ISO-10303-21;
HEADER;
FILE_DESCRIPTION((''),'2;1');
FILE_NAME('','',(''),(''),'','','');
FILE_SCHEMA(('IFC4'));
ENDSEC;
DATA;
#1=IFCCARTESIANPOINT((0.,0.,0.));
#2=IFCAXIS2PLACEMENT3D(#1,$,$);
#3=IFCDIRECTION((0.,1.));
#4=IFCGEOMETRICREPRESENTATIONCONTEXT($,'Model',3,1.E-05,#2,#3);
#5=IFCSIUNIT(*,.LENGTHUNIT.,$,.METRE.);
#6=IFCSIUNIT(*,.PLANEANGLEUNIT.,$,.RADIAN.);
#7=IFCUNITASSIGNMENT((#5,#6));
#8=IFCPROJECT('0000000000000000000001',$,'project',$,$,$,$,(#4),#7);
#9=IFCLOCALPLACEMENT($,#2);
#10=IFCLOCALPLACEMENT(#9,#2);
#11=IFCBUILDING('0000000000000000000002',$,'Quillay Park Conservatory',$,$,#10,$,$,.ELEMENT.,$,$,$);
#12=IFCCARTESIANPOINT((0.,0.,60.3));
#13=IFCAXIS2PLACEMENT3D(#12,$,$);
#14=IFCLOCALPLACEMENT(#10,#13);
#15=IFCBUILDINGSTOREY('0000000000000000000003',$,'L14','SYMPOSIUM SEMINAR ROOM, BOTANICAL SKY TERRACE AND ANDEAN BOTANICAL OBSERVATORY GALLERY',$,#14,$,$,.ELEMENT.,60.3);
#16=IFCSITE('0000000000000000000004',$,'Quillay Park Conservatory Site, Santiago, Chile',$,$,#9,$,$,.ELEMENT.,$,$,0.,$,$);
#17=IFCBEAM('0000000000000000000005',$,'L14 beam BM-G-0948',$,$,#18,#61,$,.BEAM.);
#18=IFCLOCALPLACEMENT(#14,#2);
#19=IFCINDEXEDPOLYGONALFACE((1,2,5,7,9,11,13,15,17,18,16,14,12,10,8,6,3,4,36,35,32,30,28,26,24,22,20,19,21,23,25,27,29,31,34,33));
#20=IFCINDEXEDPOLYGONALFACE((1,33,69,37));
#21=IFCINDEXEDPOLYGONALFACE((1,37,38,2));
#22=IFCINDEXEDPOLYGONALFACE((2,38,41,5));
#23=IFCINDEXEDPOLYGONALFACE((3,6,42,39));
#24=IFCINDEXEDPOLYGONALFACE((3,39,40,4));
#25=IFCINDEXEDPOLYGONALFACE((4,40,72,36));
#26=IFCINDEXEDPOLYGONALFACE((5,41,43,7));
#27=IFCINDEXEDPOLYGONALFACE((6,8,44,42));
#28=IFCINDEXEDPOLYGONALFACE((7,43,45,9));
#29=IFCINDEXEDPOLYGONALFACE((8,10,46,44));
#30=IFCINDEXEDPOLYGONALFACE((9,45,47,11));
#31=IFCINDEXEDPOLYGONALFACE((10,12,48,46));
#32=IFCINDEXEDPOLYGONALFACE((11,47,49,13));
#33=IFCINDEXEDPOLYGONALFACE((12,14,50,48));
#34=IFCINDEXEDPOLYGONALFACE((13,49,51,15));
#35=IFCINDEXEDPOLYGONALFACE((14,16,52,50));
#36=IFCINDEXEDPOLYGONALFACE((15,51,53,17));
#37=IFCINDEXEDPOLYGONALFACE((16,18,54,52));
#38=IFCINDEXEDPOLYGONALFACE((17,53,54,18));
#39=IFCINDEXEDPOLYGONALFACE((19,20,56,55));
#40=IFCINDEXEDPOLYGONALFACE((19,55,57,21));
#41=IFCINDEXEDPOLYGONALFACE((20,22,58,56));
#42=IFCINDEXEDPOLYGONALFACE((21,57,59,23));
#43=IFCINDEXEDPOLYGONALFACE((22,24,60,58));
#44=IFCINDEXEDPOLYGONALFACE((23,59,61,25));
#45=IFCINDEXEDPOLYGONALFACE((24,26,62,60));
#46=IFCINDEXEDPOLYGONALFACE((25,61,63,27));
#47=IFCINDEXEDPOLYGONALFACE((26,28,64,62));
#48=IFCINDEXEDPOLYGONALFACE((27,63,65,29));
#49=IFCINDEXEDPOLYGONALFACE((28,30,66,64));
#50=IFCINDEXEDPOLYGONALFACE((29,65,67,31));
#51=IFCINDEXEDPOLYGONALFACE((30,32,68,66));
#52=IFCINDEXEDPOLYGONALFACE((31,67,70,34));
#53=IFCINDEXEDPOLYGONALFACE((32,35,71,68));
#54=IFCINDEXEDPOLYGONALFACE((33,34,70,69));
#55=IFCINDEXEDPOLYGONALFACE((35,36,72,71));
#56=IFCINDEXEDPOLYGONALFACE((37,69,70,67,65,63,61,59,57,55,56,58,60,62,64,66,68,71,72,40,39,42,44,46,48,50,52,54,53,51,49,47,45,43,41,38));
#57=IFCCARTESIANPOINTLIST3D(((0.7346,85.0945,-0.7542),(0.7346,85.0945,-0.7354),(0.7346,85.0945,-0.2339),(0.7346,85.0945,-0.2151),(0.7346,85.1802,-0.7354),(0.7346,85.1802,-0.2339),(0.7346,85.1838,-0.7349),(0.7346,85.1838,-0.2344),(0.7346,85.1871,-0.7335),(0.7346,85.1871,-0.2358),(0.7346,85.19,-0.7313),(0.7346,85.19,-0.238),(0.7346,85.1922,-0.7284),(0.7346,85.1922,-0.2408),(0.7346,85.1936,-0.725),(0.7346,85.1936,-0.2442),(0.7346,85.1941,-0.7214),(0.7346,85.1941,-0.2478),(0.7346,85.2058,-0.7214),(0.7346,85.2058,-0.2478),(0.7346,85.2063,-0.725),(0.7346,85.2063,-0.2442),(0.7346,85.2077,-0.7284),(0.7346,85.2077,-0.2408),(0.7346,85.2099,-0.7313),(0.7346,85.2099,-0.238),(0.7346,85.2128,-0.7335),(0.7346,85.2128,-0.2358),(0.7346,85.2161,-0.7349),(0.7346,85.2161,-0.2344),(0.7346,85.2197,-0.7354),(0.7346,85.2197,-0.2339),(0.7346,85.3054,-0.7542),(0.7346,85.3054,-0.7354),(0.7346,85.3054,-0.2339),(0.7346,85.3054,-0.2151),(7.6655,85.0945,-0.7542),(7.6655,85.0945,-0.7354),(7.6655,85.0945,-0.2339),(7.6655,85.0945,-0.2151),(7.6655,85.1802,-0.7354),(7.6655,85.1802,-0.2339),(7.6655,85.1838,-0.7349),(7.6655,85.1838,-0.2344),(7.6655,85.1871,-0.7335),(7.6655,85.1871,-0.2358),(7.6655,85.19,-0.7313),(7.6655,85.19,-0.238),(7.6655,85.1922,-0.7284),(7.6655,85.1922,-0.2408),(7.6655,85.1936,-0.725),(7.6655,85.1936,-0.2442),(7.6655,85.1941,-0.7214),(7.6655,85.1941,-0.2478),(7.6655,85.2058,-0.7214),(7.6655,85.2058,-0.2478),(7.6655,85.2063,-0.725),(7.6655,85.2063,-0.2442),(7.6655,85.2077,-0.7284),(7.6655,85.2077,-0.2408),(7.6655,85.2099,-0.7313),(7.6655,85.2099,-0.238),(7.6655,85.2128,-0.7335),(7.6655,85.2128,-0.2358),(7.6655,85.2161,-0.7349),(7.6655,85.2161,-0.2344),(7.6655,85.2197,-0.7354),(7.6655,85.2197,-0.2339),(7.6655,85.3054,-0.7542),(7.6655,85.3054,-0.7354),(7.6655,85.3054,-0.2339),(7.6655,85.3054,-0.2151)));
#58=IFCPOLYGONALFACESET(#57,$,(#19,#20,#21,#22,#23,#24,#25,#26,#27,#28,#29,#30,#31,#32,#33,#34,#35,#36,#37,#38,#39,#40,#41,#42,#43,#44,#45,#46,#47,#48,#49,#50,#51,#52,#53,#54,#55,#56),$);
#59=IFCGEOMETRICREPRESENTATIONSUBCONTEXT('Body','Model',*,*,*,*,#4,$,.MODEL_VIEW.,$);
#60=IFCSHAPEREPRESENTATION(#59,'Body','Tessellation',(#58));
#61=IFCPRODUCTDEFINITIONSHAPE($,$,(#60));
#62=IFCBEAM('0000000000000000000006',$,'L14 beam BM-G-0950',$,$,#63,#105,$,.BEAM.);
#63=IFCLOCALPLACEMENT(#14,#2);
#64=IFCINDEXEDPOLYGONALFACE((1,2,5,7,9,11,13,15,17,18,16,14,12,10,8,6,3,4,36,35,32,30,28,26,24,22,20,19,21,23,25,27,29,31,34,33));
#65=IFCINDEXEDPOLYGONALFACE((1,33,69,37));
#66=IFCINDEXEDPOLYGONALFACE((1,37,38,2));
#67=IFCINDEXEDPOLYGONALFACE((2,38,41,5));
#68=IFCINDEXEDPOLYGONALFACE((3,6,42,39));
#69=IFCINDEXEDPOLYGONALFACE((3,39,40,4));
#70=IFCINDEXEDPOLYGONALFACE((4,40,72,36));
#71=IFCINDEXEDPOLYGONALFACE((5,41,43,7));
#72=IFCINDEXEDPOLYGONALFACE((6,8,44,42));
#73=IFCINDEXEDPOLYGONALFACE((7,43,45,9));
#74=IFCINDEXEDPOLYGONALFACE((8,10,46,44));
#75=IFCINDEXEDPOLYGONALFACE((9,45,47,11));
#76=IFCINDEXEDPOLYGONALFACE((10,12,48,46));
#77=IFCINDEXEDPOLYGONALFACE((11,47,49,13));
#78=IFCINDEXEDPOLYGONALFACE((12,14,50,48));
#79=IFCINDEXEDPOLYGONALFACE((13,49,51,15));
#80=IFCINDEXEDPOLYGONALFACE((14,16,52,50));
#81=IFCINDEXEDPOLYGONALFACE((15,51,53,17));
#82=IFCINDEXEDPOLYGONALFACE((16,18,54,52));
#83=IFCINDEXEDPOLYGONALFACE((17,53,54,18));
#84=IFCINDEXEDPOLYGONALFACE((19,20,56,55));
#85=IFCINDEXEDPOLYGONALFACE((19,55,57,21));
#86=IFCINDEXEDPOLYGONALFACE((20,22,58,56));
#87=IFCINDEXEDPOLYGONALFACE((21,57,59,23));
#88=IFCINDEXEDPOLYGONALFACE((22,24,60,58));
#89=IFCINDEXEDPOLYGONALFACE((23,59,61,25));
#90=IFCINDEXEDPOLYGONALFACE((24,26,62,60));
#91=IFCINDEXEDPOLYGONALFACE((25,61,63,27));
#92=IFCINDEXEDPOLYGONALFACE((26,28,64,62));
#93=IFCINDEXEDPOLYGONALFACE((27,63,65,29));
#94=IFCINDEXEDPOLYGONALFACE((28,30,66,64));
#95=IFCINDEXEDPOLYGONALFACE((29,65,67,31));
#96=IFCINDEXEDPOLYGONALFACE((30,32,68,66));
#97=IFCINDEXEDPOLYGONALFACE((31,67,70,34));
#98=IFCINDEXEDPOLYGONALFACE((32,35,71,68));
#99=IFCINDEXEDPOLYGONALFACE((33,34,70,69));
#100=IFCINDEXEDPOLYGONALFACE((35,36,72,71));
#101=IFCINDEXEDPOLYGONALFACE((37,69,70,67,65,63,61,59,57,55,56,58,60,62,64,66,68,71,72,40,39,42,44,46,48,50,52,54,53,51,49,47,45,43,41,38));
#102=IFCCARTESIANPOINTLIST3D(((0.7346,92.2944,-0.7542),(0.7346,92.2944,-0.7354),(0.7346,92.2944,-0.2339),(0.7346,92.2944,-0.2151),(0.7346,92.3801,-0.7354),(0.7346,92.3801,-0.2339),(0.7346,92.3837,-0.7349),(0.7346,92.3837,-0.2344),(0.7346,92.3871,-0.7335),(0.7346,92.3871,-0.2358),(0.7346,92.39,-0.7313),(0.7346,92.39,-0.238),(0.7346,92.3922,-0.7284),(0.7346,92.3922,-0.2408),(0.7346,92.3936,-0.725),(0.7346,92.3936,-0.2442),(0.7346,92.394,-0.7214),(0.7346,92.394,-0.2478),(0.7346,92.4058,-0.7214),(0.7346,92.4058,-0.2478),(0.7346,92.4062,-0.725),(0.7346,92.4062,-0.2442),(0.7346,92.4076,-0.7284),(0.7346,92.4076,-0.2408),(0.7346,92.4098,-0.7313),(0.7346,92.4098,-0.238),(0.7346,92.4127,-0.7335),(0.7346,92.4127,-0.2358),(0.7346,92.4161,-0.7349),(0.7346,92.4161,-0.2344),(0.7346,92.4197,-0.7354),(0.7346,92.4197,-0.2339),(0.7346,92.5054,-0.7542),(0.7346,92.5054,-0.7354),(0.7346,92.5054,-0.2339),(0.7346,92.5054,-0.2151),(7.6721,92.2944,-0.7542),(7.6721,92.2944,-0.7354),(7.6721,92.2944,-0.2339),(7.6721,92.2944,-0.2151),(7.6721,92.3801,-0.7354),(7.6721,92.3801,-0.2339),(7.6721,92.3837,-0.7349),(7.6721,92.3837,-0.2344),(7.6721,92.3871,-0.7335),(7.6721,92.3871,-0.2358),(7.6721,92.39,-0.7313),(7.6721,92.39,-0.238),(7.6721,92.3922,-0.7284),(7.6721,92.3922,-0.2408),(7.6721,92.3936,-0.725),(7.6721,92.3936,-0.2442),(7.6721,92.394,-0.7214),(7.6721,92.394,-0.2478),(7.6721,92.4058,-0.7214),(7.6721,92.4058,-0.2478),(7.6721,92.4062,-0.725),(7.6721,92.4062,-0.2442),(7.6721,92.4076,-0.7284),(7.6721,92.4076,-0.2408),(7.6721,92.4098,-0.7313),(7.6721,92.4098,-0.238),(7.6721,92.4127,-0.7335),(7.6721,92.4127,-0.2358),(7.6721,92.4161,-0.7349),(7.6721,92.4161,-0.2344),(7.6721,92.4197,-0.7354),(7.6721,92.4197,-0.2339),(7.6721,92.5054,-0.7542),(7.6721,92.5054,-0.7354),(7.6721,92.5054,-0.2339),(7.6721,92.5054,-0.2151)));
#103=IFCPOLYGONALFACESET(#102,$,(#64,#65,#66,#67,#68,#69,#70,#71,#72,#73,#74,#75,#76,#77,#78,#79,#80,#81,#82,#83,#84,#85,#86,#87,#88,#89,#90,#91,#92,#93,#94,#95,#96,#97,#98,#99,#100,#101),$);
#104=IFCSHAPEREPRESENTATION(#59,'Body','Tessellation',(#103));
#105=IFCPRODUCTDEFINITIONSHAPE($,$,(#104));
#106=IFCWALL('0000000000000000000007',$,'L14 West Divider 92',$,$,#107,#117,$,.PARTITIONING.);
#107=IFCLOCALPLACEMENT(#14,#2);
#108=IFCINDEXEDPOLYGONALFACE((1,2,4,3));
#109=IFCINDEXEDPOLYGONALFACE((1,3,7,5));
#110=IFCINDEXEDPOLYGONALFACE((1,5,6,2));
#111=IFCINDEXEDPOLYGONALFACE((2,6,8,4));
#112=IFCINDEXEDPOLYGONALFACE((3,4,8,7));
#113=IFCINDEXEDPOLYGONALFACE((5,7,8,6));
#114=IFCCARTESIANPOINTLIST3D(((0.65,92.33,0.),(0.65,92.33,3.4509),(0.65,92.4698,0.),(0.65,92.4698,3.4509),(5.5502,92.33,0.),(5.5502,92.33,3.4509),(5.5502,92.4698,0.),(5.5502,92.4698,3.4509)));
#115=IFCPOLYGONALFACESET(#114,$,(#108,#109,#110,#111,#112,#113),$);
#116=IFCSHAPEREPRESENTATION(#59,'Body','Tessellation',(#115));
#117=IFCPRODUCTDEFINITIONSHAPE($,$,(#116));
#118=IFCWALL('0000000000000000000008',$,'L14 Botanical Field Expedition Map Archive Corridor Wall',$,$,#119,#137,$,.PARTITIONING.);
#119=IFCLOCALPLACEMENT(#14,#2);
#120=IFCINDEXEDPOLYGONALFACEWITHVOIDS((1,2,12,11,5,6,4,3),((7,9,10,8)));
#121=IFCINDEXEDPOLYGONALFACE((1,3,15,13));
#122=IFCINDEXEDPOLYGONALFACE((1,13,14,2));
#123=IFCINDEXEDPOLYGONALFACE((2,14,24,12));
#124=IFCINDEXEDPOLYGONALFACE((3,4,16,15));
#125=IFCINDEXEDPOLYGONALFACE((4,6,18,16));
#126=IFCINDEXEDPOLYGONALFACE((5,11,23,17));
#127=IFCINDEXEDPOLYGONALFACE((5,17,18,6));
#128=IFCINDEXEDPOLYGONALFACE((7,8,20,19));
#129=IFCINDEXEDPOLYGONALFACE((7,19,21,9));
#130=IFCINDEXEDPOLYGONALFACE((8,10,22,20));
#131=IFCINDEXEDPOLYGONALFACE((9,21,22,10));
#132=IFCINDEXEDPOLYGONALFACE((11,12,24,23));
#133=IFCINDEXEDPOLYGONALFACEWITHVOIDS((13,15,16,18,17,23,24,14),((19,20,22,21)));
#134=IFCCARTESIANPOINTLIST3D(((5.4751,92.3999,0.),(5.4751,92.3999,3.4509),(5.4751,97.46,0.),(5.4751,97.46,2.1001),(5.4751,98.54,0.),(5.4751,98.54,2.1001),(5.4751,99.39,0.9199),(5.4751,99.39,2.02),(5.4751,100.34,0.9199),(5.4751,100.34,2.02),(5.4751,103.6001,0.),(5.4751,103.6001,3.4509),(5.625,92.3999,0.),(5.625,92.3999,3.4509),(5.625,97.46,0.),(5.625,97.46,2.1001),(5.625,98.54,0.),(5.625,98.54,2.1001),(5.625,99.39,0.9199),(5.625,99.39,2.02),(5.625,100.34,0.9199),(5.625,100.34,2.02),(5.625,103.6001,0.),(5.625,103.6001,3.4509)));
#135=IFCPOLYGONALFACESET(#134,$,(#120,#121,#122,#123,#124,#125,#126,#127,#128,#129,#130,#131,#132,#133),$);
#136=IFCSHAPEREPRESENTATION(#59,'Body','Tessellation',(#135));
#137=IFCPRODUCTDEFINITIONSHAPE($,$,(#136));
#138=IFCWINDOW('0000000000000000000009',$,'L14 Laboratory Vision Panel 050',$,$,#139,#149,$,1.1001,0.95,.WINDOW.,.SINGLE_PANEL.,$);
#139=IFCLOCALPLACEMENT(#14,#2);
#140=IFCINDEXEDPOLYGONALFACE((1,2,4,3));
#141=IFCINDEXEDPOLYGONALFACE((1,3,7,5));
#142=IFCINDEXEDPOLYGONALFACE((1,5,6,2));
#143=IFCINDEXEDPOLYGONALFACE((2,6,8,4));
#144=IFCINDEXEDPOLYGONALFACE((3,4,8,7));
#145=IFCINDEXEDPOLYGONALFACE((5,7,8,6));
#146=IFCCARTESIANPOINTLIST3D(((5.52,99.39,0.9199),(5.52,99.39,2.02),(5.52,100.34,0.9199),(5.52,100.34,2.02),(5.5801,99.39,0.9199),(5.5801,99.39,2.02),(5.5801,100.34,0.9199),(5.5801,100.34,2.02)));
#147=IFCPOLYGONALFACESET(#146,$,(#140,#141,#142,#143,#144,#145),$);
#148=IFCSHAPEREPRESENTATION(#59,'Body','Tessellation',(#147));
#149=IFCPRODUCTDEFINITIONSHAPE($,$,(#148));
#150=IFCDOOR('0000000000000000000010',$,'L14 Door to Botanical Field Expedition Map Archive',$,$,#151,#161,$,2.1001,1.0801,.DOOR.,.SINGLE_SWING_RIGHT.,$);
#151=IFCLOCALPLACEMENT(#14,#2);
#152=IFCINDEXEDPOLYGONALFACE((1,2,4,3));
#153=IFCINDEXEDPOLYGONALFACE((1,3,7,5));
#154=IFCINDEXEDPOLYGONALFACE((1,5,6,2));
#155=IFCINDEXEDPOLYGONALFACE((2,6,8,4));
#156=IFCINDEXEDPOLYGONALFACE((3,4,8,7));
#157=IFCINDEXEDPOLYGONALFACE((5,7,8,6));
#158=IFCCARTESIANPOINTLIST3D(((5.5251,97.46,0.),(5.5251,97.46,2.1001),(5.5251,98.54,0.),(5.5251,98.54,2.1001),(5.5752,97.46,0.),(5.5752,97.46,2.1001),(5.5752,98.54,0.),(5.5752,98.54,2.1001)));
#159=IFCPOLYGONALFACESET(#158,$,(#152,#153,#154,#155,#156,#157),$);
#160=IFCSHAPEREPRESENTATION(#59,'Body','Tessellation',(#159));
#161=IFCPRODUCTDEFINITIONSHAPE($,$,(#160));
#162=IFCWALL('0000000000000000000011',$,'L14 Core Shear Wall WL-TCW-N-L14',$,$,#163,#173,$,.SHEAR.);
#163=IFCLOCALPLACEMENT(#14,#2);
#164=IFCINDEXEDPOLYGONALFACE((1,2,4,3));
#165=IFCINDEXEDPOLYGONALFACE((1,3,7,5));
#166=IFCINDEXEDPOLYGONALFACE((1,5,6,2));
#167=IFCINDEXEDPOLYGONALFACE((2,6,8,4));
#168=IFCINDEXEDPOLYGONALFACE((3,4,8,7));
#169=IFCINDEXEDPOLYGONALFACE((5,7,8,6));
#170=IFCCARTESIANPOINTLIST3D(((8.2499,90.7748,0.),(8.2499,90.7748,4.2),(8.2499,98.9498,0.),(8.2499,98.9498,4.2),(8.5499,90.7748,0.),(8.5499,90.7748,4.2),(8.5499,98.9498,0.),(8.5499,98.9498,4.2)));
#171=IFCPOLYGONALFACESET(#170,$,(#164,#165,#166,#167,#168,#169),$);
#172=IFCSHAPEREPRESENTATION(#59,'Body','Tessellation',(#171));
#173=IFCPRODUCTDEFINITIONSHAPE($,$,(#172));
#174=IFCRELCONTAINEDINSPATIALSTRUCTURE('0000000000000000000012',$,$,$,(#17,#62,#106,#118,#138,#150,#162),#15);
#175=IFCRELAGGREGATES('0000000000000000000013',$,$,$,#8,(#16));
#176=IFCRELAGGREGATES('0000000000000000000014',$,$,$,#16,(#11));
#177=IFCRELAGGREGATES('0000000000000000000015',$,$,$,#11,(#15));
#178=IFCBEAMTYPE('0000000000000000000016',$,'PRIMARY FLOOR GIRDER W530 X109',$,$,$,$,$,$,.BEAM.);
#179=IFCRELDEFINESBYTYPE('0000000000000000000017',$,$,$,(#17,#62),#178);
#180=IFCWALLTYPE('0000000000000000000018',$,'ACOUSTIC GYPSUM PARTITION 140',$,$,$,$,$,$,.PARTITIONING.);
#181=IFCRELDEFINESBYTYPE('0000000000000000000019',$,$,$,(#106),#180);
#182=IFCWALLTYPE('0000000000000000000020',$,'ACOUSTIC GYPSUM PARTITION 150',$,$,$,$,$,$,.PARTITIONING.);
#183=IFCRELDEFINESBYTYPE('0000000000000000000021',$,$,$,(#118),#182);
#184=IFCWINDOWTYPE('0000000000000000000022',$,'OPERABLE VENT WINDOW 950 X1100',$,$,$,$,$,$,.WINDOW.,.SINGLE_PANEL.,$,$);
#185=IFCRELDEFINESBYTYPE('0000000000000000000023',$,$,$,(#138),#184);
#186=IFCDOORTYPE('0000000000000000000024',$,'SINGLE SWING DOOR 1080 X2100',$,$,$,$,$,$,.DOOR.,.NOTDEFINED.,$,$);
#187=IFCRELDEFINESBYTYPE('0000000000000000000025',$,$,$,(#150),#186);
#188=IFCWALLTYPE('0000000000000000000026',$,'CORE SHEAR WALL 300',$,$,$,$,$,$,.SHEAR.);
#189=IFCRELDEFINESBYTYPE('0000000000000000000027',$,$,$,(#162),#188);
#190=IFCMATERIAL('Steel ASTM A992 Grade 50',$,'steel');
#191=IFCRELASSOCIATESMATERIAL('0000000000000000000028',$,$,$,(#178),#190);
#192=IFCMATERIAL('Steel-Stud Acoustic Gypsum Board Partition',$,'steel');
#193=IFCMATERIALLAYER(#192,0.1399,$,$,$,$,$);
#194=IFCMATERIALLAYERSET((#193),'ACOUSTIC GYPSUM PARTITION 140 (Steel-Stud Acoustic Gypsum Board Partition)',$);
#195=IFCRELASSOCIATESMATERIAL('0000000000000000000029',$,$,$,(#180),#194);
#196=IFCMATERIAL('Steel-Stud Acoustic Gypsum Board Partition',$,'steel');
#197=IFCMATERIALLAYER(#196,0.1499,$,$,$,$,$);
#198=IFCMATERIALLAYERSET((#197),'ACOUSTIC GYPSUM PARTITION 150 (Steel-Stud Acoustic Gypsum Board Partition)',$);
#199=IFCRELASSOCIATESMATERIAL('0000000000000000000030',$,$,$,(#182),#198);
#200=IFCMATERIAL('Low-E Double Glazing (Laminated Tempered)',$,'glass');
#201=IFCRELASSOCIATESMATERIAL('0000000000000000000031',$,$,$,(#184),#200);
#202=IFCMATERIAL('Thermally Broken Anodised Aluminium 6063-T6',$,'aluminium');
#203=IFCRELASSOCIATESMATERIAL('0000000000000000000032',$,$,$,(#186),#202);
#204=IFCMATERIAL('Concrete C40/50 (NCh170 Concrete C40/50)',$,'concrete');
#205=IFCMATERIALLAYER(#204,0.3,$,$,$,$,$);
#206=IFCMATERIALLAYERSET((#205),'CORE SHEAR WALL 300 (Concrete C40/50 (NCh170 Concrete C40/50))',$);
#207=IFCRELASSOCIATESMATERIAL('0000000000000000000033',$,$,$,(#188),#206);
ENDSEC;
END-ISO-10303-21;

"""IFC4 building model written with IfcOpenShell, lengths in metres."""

from ifc_helpers import new_model, si_unit, direction, frame, frame_2d, origin, origin_2d, place, context, subcontext, project, spatial, rectangle, i_section, extrude, material, layer, layer_set, material_profile, profile_set, type_object, element, fill, save


model = new_model("IFC4")

# Units and contexts
model_context = context("Model", 3, precision=1e-05, world=origin(), true_north=direction((0.0, 1.0)))
body_context = subcontext(model_context, "Body", "Model", "MODEL_VIEW")
ifc_project = project(units=[si_unit("LENGTHUNIT", "METRE"), si_unit("PLANEANGLEUNIT", "RADIAN")], contexts=[model_context])

# Site, building, storey
site_placement = place(None, origin())
site = spatial("IfcSite", under=ifc_project, at=site_placement, Name="Quillay Park Conservatory Site, Santiago, Chile", CompositionType="ELEMENT", RefElevation=0.0)
building_placement = place(site_placement, origin())
building = spatial("IfcBuilding", under=site, at=building_placement, Name="Quillay Park Conservatory", CompositionType="ELEMENT")
storey_placement = place(building_placement, frame((0.0, 0.0, 60.3)))
storey = spatial("IfcBuildingStorey", under=building, at=storey_placement, Name="L14", Description="SYMPOSIUM SEMINAR ROOM, BOTANICAL SKY TERRACE AND ANDEAN BOTANICAL OBSERVATORY GALLERY", CompositionType="ELEMENT", Elevation=60.3)

# Beams
ifc_material_1 = material(Name="Steel ASTM A992 Grade 50", Category="steel")
ifc_material_profile_1 = material_profile(ifc_material_1, i_section(OverallWidth=0.2109, OverallDepth=0.5391, WebThickness=0.0117, FlangeThickness=0.0188, FilletRadius=0.0139, at=origin_2d()), Name="W530x109")
ifc_profile_set_1 = profile_set([ifc_material_profile_1], Name="Steel ASTM A992 Grade 50")
beam_type_1 = type_object("IfcBeamType", Name="PRIMARY FLOOR GIRDER W530 X109", PredefinedType="BEAM", material=ifc_profile_set_1)
beam_1_placement = place(storey_placement, frame((0.7346, 85.2, -0.4846), z_axis=(1.0, 0.0, 0.0), x_axis=(0.0, 1.0, 0.0)))
element("IfcBeam", 1, at=beam_1_placement, inside=storey, type_object=beam_type_1, Name="L14 beam BM-G-0948", PredefinedType="BEAM", context=body_context, shape_type="SweptSolid", body=[
    extrude(i_section(OverallWidth=0.2109, OverallDepth=0.5391, WebThickness=0.0117, FlangeThickness=0.0188, FilletRadius=0.0139, at=origin_2d()), origin(), (0.0, 0.0, 1.0), 6.9309),
])
beam_2_placement = place(storey_placement, frame((0.7346, 92.3999, -0.4846), z_axis=(1.0, 0.0, 0.0), x_axis=(0.0, 1.0, 0.0)))
element("IfcBeam", 2, at=beam_2_placement, inside=storey, type_object=beam_type_1, Name="L14 beam BM-G-0950", PredefinedType="BEAM", context=body_context, shape_type="SweptSolid", body=[
    extrude(i_section(OverallWidth=0.2109, OverallDepth=0.5391, WebThickness=0.0117, FlangeThickness=0.0188, FilletRadius=0.0139, at=origin_2d()), origin(), (0.0, 0.0, 1.0), 6.9375),
])

# Wall
ifc_material_2 = material(Name="Steel-Stud Acoustic Gypsum Board Partition", Category="steel")
ifc_layer_1 = layer(ifc_material_2, 0.1399)
ifc_layer_set_1 = layer_set([ifc_layer_1], Name="ACOUSTIC GYPSUM PARTITION 140 (Steel-Stud Acoustic Gypsum Board Partition)")
wall_type_1 = type_object("IfcWallType", Name="ACOUSTIC GYPSUM PARTITION 140", PredefinedType="PARTITIONING", material=ifc_layer_set_1)
wall_1_placement = place(storey_placement, frame((0.6499, 92.3999, 0.0), z_axis=(0.0, 0.0, 1.0), x_axis=(1.0, 0.0, 0.0)))
element("IfcWall", 3, at=wall_1_placement, inside=storey, type_object=wall_type_1, Name="L14 West Divider 92", PredefinedType="PARTITIONING", context=body_context, shape_type="SweptSolid", body=[
    extrude(rectangle(XDim=4.9001, YDim=0.1399, at=frame_2d((2.4502, 0.0))), origin(), (0.0, 0.0, 1.0), 3.4509),
])

# Wall, openings, window, door
ifc_material_3 = material(Name="Steel-Stud Acoustic Gypsum Board Partition", Category="steel")
ifc_layer_2 = layer(ifc_material_3, 0.1499)
ifc_layer_set_2 = layer_set([ifc_layer_2], Name="ACOUSTIC GYPSUM PARTITION 150 (Steel-Stud Acoustic Gypsum Board Partition)")
wall_type_2 = type_object("IfcWallType", Name="ACOUSTIC GYPSUM PARTITION 150", PredefinedType="PARTITIONING", material=ifc_layer_set_2)
wall_2_placement = place(storey_placement, frame((5.55, 92.3999, 0.0), z_axis=(0.0, 0.0, 1.0), x_axis=(0.0, 1.0, 0.0)))
wall_2 = element("IfcWall", 4, at=wall_2_placement, inside=storey, type_object=wall_type_2, Name="L14 Botanical Field Expedition Map Archive Corridor Wall", PredefinedType="PARTITIONING", context=body_context, shape_type="SweptSolid", body=[
    extrude(rectangle(XDim=11.2002, YDim=0.1499, at=frame_2d((5.6001, 0.0))), origin(), (0.0, 0.0, 1.0), 3.4509),
])
opening_1_placement = place(wall_2_placement, frame((5.0601, 0.0, 0.0)))
opening_1 = element("IfcOpeningElement", 5, at=opening_1_placement, cuts=wall_2, PredefinedType="OPENING", context=body_context, shape_type="SweptSolid", body=[
    extrude(rectangle(XDim=1.0801, YDim=2.1001, at=frame_2d((0.54, 1.05))), frame((0.0, 0.075, 0.0), z_axis=(0.0, -1.0, 0.0), x_axis=(1.0, 0.0, 0.0)), (0.0, 0.0, 1.0), 0.1499),
])
opening_2_placement = place(wall_2_placement, frame((6.99, 0.0, 0.9199)))
opening_2 = element("IfcOpeningElement", 6, at=opening_2_placement, cuts=wall_2, PredefinedType="OPENING", context=body_context, shape_type="SweptSolid", body=[
    extrude(rectangle(XDim=0.95, YDim=1.1001, at=frame_2d((0.4751, 0.55))), frame((0.0, 0.075, 0.0), z_axis=(0.0, -1.0, 0.0), x_axis=(1.0, 0.0, 0.0)), (0.0, 0.0, 1.0), 0.1499),
])
ifc_material_4 = material(Name="Low-E Double Glazing (Laminated Tempered)", Category="glass")
window_type_1 = type_object("IfcWindowType", Name="OPERABLE VENT WINDOW 950 X1100", PartitioningType="SINGLE_PANEL", PredefinedType="WINDOW", material=ifc_material_4)
window_1_placement = place(opening_2_placement, origin())
window_1 = element("IfcWindow", 7, at=window_1_placement, inside=storey, type_object=window_type_1, Name="L14 Laboratory Vision Panel 050", OverallHeight=1.1001, OverallWidth=0.95, PartitioningType="SINGLE_PANEL", PredefinedType="WINDOW", context=body_context, shape_type="SweptSolid", body=[
    extrude(rectangle(XDim=0.95, YDim=1.1001, at=frame_2d((0.4751, 0.55))), frame((0.0, 0.03, 0.0), z_axis=(0.0, -1.0, 0.0), x_axis=(1.0, 0.0, 0.0)), (0.0, 0.0, 1.0), 0.0601),
])
fill(opening_2, window_1)
ifc_material_5 = material(Name="Thermally Broken Anodised Aluminium 6063-T6", Category="aluminium")
door_type_1 = type_object("IfcDoorType", Name="SINGLE SWING DOOR 1080 X2100", OperationType="NOTDEFINED", PredefinedType="DOOR", material=ifc_material_5)
door_1_placement = place(opening_1_placement, origin())
door_1 = element("IfcDoor", 8, at=door_1_placement, inside=storey, type_object=door_type_1, Name="L14 Door to Botanical Field Expedition Map Archive", OperationType="SINGLE_SWING_RIGHT", OverallHeight=2.1001, OverallWidth=1.0801, PredefinedType="DOOR", context=body_context, shape_type="SweptSolid", body=[
    extrude(rectangle(XDim=1.0801, YDim=2.1001, at=frame_2d((0.54, 1.05))), frame((0.0, 0.0249, 0.0), z_axis=(0.0, -1.0, 0.0), x_axis=(1.0, 0.0, 0.0)), (0.0, 0.0, 1.0), 0.05),
])
fill(opening_1, door_1)

# Wall
ifc_material_6 = material(Name="Concrete C40/50 (NCh170 Concrete C40/50)", Category="concrete")
ifc_layer_3 = layer(ifc_material_6, 0.3)
ifc_layer_set_3 = layer_set([ifc_layer_3], Name="CORE SHEAR WALL 300 (Concrete C40/50 (NCh170 Concrete C40/50))")
wall_type_3 = type_object("IfcWallType", Name="CORE SHEAR WALL 300", PredefinedType="SHEAR", material=ifc_layer_set_3)
wall_3_placement = place(storey_placement, frame((8.3999, 90.7749, 0.0), z_axis=(0.0, 0.0, 1.0), x_axis=(0.0, 1.0, 0.0)))
element("IfcWall", 9, at=wall_3_placement, inside=storey, type_object=wall_type_3, Name="L14 Core Shear Wall WL-TCW-N-L14", PredefinedType="SHEAR", context=body_context, shape_type="SweptSolid", body=[
    extrude(rectangle(XDim=8.175, YDim=0.3, at=frame_2d((4.0874, 0.0))), origin(), (0.0, 0.0, 1.0), 4.2),
])

save(model, "model.ifc")
